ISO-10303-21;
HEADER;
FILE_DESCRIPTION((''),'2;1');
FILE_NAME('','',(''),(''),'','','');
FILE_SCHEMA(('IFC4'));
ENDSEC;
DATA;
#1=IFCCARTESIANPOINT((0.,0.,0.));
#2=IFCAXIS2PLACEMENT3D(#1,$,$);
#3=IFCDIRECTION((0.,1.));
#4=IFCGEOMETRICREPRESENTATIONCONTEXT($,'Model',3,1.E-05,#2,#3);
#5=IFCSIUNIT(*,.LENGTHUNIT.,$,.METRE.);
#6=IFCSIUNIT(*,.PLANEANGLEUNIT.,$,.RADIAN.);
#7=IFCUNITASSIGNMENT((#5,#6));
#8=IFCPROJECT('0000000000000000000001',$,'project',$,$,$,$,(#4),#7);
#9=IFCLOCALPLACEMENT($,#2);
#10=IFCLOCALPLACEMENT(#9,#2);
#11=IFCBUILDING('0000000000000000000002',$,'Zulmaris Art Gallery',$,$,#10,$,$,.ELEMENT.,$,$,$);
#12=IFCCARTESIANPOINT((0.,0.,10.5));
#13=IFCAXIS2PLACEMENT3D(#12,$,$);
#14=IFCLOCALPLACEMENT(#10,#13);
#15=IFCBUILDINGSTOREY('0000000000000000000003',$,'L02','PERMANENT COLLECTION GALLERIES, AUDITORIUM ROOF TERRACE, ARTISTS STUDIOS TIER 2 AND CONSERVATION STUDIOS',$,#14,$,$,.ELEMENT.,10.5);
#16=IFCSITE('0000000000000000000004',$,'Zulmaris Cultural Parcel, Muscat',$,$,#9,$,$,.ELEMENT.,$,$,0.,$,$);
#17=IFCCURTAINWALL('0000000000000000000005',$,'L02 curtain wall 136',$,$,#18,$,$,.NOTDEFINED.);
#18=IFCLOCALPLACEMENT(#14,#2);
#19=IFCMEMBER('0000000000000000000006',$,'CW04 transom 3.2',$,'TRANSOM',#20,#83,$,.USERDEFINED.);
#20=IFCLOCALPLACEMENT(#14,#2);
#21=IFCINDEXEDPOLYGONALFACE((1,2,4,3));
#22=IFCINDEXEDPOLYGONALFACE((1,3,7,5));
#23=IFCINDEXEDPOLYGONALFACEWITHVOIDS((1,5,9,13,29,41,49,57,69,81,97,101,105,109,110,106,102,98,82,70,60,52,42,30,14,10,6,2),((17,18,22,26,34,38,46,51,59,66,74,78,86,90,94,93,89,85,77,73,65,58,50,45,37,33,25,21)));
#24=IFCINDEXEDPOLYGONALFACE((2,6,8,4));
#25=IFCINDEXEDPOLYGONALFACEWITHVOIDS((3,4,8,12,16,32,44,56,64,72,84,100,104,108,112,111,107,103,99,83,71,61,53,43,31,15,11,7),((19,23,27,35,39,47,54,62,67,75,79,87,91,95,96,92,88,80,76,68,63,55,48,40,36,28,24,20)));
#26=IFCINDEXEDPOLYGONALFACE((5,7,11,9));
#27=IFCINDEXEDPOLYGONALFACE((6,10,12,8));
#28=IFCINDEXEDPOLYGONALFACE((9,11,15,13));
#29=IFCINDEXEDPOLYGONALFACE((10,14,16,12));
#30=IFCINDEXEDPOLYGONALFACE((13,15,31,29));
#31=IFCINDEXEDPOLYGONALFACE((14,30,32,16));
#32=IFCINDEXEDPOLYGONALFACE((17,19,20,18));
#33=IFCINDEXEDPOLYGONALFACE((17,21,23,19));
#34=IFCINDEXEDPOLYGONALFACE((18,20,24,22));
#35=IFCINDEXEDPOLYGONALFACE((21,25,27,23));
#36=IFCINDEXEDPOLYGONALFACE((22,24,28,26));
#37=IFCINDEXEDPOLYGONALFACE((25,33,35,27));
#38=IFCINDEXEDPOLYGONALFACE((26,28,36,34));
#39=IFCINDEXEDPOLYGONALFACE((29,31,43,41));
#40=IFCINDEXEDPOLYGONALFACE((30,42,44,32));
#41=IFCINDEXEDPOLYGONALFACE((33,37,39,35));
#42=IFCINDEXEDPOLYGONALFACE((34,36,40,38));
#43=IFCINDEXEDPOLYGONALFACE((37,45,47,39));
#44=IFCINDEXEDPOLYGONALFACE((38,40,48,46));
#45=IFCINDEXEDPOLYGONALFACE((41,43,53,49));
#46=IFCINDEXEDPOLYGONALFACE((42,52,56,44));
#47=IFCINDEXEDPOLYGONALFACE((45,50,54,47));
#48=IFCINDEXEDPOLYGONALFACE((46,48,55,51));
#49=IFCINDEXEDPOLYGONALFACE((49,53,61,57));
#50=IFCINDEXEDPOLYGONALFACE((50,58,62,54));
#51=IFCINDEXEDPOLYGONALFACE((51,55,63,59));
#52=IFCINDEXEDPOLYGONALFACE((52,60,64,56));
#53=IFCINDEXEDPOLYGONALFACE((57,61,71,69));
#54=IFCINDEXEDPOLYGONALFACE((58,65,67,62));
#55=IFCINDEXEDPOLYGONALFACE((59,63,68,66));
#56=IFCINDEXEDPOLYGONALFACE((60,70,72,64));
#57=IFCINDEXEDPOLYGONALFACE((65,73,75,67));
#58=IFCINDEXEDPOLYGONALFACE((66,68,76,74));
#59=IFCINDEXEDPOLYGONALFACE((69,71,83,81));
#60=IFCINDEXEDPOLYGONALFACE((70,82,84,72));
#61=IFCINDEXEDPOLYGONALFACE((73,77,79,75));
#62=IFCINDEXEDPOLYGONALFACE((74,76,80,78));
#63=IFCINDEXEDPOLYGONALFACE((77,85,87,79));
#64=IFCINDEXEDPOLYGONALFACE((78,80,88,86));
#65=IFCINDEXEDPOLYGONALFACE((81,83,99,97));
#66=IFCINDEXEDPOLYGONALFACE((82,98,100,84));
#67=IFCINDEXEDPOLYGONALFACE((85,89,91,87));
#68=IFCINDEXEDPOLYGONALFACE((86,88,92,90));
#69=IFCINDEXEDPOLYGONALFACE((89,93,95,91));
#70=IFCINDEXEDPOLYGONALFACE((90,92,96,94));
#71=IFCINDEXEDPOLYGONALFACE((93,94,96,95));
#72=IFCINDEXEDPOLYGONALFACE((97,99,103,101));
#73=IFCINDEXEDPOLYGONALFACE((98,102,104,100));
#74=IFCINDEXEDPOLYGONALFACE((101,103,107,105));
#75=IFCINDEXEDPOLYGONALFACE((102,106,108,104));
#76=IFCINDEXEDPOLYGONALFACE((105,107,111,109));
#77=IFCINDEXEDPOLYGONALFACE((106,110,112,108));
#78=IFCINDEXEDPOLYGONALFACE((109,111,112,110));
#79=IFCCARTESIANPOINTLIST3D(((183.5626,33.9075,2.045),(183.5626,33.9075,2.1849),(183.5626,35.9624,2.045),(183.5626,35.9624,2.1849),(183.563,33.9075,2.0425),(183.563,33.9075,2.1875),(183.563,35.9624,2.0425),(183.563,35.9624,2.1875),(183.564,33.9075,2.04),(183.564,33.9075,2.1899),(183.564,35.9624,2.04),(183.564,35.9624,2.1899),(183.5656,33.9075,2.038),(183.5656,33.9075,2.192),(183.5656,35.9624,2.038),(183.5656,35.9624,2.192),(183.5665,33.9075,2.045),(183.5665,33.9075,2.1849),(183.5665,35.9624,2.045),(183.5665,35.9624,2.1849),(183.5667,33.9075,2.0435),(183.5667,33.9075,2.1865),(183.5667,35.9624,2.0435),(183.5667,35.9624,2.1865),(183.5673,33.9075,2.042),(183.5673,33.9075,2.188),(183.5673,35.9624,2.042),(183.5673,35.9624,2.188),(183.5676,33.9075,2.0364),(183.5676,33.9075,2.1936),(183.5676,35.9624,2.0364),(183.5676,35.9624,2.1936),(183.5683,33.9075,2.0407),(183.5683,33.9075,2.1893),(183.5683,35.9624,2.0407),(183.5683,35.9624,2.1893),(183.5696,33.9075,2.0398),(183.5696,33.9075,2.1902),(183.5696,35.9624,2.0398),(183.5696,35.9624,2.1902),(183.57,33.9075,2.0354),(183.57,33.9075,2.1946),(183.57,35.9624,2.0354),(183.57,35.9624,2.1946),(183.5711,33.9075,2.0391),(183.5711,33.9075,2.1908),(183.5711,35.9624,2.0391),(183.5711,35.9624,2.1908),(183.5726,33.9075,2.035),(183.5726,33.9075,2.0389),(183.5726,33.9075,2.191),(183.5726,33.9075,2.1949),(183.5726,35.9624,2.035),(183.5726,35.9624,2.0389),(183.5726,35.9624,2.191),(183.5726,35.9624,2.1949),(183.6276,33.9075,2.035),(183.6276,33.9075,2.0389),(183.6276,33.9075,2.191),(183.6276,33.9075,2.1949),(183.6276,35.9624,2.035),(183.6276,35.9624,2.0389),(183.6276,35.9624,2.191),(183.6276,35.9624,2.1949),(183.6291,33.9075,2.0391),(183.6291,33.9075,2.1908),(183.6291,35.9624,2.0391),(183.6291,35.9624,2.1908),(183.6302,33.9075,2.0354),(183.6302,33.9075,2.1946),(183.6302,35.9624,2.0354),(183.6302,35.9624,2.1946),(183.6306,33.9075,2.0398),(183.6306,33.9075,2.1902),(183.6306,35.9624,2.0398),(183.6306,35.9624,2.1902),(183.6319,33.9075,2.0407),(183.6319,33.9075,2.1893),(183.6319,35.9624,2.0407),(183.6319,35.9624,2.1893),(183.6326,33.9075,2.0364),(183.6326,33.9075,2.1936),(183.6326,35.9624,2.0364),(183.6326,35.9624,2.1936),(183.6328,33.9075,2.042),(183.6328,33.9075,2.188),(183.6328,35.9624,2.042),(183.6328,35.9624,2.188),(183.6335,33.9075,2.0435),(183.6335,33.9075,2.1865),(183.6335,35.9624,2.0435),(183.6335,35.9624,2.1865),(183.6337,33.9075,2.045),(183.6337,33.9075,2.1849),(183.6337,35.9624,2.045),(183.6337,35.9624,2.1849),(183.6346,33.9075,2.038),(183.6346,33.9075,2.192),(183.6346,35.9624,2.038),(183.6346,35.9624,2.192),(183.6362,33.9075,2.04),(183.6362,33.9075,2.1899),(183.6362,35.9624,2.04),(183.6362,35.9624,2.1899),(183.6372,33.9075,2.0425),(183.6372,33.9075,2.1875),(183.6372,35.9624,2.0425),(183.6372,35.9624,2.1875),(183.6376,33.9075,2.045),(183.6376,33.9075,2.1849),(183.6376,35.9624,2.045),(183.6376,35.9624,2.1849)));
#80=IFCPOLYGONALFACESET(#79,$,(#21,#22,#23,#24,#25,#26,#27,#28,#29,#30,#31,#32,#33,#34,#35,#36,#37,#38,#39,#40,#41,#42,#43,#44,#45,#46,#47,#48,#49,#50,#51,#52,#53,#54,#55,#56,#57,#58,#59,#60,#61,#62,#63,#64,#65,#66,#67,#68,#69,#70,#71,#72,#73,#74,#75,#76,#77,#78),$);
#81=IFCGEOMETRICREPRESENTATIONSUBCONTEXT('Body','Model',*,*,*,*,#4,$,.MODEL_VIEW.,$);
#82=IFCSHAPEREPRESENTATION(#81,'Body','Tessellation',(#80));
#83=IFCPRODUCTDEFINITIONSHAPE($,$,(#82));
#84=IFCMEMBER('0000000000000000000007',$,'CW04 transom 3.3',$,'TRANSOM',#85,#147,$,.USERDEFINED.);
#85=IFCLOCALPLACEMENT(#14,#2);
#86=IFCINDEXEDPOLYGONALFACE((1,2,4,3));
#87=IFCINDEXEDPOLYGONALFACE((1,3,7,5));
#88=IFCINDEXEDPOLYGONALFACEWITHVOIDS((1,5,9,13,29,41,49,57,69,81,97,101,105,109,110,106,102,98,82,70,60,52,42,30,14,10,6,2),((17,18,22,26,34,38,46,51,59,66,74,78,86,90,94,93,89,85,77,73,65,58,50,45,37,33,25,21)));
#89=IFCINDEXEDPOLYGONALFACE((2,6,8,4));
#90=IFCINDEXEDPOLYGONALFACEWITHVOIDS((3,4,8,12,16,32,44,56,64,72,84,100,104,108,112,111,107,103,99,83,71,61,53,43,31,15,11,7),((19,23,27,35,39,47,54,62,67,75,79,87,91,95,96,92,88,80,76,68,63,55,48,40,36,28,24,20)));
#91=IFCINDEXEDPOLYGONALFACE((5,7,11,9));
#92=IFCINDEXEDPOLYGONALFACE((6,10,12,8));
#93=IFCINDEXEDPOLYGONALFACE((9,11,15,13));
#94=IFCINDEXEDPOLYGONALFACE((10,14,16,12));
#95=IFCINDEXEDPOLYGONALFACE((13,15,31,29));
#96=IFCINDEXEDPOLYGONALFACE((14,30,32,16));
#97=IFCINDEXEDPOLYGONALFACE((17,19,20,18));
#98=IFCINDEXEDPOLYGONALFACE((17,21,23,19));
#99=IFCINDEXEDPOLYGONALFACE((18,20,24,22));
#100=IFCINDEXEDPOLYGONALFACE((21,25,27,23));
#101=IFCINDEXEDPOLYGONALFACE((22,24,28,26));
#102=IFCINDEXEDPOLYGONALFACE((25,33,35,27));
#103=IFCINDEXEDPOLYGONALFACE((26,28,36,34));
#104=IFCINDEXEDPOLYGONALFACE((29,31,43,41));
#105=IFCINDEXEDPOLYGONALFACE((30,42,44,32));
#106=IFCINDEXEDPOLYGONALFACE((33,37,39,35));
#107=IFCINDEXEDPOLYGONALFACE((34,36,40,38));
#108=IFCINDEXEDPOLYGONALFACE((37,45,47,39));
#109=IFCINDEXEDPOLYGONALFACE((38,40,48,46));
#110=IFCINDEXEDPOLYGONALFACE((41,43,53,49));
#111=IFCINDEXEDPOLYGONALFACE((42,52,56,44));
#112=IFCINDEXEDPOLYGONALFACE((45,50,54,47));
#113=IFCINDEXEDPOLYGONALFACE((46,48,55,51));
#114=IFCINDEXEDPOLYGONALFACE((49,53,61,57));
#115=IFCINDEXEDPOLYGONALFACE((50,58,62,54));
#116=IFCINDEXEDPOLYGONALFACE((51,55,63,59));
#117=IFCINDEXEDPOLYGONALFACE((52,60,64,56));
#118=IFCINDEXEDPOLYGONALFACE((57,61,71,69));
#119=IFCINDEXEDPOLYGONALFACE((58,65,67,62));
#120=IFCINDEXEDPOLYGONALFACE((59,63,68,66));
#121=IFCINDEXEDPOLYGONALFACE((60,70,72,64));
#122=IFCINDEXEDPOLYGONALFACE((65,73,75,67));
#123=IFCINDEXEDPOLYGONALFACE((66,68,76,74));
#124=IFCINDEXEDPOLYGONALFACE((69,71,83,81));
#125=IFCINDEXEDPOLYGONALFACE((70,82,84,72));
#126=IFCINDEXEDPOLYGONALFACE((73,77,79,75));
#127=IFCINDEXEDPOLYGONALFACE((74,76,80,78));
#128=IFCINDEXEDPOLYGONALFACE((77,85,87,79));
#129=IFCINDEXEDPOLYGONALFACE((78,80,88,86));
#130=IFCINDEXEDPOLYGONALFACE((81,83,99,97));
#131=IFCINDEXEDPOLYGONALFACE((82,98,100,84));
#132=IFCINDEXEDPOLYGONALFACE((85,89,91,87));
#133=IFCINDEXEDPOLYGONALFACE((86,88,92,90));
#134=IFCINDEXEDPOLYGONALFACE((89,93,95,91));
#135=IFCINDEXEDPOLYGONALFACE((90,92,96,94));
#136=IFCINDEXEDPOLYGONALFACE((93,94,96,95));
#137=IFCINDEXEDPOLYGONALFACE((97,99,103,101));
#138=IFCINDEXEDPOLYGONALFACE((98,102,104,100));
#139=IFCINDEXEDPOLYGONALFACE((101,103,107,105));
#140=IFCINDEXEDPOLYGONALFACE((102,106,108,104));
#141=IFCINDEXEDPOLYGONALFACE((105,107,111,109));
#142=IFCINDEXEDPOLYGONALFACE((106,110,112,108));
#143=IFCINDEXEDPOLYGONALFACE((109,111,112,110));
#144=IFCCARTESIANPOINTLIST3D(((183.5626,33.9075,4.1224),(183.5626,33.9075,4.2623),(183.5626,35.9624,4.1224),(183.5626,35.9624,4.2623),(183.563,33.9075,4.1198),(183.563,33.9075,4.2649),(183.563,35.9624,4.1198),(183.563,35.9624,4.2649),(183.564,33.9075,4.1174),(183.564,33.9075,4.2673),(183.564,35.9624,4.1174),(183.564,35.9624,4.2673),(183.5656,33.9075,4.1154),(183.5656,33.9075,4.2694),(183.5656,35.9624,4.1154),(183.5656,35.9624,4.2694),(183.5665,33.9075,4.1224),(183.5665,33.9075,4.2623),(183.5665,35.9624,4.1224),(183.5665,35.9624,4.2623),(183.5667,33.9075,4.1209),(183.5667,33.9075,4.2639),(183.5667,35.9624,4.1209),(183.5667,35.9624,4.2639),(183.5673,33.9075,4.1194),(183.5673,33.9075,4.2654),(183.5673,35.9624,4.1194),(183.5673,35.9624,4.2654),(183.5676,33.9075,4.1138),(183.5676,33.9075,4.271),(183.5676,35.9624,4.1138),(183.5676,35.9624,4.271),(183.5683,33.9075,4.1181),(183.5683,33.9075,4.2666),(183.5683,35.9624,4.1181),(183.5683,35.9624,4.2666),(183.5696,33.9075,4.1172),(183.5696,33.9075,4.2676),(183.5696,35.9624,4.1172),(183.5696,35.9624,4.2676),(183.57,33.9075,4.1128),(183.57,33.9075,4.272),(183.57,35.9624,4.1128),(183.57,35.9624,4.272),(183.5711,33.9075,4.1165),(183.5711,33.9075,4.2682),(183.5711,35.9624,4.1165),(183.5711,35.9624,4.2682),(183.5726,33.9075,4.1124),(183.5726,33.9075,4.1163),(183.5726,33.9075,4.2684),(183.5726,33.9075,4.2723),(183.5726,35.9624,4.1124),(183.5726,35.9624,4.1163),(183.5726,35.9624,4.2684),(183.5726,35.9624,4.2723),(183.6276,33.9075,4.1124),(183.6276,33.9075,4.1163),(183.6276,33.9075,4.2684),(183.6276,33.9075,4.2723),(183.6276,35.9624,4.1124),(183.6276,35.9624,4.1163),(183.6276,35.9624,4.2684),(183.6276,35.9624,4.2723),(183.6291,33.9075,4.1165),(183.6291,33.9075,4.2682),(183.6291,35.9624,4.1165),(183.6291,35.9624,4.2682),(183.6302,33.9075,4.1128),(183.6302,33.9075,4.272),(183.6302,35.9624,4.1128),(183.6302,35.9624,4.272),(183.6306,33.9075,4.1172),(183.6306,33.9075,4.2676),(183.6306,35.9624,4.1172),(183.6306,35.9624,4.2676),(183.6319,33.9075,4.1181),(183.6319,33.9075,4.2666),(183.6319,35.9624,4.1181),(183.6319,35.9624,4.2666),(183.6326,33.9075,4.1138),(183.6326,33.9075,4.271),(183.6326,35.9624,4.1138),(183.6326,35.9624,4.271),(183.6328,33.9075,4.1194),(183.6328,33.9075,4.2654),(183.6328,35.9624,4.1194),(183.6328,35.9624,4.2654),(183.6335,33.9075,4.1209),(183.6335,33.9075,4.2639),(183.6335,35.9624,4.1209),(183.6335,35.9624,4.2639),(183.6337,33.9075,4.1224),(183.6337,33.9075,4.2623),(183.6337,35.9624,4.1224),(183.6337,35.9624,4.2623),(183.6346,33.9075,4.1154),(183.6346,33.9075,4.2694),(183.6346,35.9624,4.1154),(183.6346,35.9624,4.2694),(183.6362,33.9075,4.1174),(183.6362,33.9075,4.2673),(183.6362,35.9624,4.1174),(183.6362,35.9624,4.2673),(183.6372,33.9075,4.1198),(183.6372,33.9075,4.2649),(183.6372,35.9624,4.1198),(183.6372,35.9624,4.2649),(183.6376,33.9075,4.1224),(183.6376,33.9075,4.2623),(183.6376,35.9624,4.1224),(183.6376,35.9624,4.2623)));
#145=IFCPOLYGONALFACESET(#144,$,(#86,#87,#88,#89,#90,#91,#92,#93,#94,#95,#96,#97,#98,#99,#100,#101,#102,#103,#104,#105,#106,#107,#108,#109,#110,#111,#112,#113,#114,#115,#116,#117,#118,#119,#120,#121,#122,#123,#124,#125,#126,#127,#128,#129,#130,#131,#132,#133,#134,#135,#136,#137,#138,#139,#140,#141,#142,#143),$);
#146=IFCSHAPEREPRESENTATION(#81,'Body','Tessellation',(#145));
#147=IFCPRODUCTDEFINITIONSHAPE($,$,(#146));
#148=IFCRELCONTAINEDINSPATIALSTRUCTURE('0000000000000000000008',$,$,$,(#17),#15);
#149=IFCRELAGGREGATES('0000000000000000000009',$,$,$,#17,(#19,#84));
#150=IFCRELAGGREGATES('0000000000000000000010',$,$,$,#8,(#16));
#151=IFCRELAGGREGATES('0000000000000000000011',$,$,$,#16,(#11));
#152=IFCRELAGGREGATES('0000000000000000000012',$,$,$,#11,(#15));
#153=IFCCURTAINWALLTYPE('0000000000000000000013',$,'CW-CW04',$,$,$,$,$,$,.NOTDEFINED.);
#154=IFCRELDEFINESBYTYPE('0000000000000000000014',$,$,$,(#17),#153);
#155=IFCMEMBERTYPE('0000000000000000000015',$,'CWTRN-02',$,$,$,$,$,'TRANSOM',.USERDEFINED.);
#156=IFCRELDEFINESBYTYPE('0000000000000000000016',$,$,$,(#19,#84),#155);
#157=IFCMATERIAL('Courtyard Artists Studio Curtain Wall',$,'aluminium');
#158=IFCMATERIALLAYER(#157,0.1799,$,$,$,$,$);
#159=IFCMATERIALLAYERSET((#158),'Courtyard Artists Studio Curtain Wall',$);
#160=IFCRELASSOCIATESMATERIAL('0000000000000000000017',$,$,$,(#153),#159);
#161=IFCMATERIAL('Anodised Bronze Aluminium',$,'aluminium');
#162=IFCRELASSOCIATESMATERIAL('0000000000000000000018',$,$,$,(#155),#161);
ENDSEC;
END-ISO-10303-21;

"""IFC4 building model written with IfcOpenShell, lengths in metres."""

from ifc_helpers import new_model, si_unit, direction, frame, origin, origin_2d, place, context, subcontext, project, spatial, hollow_rectangle, extrude, material, layer, layer_set, material_profile, profile_set, type_object, element, aggregate, save


model = new_model("IFC4")

# Units and contexts
model_context = context("Model", 3, precision=1e-05, world=origin(), true_north=direction((0.0, 1.0)))
body_context = subcontext(model_context, "Body", "Model", "MODEL_VIEW")
ifc_project = project(units=[si_unit("LENGTHUNIT", "METRE"), si_unit("PLANEANGLEUNIT", "RADIAN")], contexts=[model_context])

# Site, building, storey
site_placement = place(None, origin())
site = spatial("IfcSite", under=ifc_project, at=site_placement, Name="Zulmaris Cultural Parcel, Muscat", CompositionType="ELEMENT", RefElevation=0.0)
building_placement = place(site_placement, origin())
building = spatial("IfcBuilding", under=site, at=building_placement, Name="Zulmaris Art Gallery", CompositionType="ELEMENT")
storey_placement = place(building_placement, frame((0.0, 0.0, 10.5)))
storey = spatial("IfcBuildingStorey", under=building, at=storey_placement, Name="L02", Description="PERMANENT COLLECTION GALLERIES, AUDITORIUM ROOF TERRACE, ARTISTS STUDIOS TIER 2 AND CONSERVATION STUDIOS", CompositionType="ELEMENT", Elevation=10.5)

# Curtain wall
ifc_material_1 = material(Name="Courtyard Artists Studio Curtain Wall", Category="aluminium")
ifc_layer_1 = layer(ifc_material_1, 0.1799)
ifc_layer_set_1 = layer_set([ifc_layer_1], Name="Courtyard Artists Studio Curtain Wall")
curtain_wall_type = type_object("IfcCurtainWallType", Name="CW-CW04", PredefinedType="NOTDEFINED", material=ifc_layer_set_1)
curtain_wall_1_placement = place(storey_placement, origin())
curtain_wall_1 = element("IfcCurtainWall", 1, at=curtain_wall_1_placement, inside=storey, type_object=curtain_wall_type, Name="L02 curtain wall 136", PredefinedType="NOTDEFINED")
ifc_material_2 = material(Name="Anodised Bronze Aluminium", Category="aluminium")

# Members
ifc_material_profile_1 = material_profile(ifc_material_2, hollow_rectangle(XDim=0.075, YDim=0.1599, WallThickness=0.0039, InnerFilletRadius=0.0061, OuterFilletRadius=0.01, at=origin_2d()), Name="ALU 75x160x4")
ifc_profile_set_1 = profile_set([ifc_material_profile_1], Name="Anodised Bronze Aluminium")
member_type_1 = type_object("IfcMemberType", Name="CWTRN-02", ElementType="TRANSOM", PredefinedType="USERDEFINED", material=ifc_profile_set_1)
member_1_placement = place(storey_placement, frame((183.6001, 35.9624, 2.115), z_axis=(0.0, -1.0, 0.0), x_axis=(1.0, 0.0, 0.0)))
member_1 = element("IfcMember", 2, at=member_1_placement, type_object=member_type_1, Name="CW04 transom 3.2", ObjectType="TRANSOM", PredefinedType="USERDEFINED", context=body_context, shape_type="SweptSolid", body=[
    extrude(hollow_rectangle(XDim=0.075, YDim=0.1599, WallThickness=0.0039, InnerFilletRadius=0.0061, OuterFilletRadius=0.01, at=origin_2d()), origin(), (0.0, 0.0, 1.0), 2.0549),
])
member_2_placement = place(storey_placement, frame((183.6001, 35.9624, 4.1924), z_axis=(0.0, -1.0, 0.0), x_axis=(1.0, 0.0, 0.0)))
member_2 = element("IfcMember", 3, at=member_2_placement, type_object=member_type_1, Name="CW04 transom 3.3", ObjectType="TRANSOM", PredefinedType="USERDEFINED", context=body_context, shape_type="SweptSolid", body=[
    extrude(hollow_rectangle(XDim=0.075, YDim=0.1599, WallThickness=0.0039, InnerFilletRadius=0.0061, OuterFilletRadius=0.01, at=origin_2d()), origin(), (0.0, 0.0, 1.0), 2.0549),
])

aggregate(curtain_wall_1, [member_1, member_2])

save(model, "model.ifc")
